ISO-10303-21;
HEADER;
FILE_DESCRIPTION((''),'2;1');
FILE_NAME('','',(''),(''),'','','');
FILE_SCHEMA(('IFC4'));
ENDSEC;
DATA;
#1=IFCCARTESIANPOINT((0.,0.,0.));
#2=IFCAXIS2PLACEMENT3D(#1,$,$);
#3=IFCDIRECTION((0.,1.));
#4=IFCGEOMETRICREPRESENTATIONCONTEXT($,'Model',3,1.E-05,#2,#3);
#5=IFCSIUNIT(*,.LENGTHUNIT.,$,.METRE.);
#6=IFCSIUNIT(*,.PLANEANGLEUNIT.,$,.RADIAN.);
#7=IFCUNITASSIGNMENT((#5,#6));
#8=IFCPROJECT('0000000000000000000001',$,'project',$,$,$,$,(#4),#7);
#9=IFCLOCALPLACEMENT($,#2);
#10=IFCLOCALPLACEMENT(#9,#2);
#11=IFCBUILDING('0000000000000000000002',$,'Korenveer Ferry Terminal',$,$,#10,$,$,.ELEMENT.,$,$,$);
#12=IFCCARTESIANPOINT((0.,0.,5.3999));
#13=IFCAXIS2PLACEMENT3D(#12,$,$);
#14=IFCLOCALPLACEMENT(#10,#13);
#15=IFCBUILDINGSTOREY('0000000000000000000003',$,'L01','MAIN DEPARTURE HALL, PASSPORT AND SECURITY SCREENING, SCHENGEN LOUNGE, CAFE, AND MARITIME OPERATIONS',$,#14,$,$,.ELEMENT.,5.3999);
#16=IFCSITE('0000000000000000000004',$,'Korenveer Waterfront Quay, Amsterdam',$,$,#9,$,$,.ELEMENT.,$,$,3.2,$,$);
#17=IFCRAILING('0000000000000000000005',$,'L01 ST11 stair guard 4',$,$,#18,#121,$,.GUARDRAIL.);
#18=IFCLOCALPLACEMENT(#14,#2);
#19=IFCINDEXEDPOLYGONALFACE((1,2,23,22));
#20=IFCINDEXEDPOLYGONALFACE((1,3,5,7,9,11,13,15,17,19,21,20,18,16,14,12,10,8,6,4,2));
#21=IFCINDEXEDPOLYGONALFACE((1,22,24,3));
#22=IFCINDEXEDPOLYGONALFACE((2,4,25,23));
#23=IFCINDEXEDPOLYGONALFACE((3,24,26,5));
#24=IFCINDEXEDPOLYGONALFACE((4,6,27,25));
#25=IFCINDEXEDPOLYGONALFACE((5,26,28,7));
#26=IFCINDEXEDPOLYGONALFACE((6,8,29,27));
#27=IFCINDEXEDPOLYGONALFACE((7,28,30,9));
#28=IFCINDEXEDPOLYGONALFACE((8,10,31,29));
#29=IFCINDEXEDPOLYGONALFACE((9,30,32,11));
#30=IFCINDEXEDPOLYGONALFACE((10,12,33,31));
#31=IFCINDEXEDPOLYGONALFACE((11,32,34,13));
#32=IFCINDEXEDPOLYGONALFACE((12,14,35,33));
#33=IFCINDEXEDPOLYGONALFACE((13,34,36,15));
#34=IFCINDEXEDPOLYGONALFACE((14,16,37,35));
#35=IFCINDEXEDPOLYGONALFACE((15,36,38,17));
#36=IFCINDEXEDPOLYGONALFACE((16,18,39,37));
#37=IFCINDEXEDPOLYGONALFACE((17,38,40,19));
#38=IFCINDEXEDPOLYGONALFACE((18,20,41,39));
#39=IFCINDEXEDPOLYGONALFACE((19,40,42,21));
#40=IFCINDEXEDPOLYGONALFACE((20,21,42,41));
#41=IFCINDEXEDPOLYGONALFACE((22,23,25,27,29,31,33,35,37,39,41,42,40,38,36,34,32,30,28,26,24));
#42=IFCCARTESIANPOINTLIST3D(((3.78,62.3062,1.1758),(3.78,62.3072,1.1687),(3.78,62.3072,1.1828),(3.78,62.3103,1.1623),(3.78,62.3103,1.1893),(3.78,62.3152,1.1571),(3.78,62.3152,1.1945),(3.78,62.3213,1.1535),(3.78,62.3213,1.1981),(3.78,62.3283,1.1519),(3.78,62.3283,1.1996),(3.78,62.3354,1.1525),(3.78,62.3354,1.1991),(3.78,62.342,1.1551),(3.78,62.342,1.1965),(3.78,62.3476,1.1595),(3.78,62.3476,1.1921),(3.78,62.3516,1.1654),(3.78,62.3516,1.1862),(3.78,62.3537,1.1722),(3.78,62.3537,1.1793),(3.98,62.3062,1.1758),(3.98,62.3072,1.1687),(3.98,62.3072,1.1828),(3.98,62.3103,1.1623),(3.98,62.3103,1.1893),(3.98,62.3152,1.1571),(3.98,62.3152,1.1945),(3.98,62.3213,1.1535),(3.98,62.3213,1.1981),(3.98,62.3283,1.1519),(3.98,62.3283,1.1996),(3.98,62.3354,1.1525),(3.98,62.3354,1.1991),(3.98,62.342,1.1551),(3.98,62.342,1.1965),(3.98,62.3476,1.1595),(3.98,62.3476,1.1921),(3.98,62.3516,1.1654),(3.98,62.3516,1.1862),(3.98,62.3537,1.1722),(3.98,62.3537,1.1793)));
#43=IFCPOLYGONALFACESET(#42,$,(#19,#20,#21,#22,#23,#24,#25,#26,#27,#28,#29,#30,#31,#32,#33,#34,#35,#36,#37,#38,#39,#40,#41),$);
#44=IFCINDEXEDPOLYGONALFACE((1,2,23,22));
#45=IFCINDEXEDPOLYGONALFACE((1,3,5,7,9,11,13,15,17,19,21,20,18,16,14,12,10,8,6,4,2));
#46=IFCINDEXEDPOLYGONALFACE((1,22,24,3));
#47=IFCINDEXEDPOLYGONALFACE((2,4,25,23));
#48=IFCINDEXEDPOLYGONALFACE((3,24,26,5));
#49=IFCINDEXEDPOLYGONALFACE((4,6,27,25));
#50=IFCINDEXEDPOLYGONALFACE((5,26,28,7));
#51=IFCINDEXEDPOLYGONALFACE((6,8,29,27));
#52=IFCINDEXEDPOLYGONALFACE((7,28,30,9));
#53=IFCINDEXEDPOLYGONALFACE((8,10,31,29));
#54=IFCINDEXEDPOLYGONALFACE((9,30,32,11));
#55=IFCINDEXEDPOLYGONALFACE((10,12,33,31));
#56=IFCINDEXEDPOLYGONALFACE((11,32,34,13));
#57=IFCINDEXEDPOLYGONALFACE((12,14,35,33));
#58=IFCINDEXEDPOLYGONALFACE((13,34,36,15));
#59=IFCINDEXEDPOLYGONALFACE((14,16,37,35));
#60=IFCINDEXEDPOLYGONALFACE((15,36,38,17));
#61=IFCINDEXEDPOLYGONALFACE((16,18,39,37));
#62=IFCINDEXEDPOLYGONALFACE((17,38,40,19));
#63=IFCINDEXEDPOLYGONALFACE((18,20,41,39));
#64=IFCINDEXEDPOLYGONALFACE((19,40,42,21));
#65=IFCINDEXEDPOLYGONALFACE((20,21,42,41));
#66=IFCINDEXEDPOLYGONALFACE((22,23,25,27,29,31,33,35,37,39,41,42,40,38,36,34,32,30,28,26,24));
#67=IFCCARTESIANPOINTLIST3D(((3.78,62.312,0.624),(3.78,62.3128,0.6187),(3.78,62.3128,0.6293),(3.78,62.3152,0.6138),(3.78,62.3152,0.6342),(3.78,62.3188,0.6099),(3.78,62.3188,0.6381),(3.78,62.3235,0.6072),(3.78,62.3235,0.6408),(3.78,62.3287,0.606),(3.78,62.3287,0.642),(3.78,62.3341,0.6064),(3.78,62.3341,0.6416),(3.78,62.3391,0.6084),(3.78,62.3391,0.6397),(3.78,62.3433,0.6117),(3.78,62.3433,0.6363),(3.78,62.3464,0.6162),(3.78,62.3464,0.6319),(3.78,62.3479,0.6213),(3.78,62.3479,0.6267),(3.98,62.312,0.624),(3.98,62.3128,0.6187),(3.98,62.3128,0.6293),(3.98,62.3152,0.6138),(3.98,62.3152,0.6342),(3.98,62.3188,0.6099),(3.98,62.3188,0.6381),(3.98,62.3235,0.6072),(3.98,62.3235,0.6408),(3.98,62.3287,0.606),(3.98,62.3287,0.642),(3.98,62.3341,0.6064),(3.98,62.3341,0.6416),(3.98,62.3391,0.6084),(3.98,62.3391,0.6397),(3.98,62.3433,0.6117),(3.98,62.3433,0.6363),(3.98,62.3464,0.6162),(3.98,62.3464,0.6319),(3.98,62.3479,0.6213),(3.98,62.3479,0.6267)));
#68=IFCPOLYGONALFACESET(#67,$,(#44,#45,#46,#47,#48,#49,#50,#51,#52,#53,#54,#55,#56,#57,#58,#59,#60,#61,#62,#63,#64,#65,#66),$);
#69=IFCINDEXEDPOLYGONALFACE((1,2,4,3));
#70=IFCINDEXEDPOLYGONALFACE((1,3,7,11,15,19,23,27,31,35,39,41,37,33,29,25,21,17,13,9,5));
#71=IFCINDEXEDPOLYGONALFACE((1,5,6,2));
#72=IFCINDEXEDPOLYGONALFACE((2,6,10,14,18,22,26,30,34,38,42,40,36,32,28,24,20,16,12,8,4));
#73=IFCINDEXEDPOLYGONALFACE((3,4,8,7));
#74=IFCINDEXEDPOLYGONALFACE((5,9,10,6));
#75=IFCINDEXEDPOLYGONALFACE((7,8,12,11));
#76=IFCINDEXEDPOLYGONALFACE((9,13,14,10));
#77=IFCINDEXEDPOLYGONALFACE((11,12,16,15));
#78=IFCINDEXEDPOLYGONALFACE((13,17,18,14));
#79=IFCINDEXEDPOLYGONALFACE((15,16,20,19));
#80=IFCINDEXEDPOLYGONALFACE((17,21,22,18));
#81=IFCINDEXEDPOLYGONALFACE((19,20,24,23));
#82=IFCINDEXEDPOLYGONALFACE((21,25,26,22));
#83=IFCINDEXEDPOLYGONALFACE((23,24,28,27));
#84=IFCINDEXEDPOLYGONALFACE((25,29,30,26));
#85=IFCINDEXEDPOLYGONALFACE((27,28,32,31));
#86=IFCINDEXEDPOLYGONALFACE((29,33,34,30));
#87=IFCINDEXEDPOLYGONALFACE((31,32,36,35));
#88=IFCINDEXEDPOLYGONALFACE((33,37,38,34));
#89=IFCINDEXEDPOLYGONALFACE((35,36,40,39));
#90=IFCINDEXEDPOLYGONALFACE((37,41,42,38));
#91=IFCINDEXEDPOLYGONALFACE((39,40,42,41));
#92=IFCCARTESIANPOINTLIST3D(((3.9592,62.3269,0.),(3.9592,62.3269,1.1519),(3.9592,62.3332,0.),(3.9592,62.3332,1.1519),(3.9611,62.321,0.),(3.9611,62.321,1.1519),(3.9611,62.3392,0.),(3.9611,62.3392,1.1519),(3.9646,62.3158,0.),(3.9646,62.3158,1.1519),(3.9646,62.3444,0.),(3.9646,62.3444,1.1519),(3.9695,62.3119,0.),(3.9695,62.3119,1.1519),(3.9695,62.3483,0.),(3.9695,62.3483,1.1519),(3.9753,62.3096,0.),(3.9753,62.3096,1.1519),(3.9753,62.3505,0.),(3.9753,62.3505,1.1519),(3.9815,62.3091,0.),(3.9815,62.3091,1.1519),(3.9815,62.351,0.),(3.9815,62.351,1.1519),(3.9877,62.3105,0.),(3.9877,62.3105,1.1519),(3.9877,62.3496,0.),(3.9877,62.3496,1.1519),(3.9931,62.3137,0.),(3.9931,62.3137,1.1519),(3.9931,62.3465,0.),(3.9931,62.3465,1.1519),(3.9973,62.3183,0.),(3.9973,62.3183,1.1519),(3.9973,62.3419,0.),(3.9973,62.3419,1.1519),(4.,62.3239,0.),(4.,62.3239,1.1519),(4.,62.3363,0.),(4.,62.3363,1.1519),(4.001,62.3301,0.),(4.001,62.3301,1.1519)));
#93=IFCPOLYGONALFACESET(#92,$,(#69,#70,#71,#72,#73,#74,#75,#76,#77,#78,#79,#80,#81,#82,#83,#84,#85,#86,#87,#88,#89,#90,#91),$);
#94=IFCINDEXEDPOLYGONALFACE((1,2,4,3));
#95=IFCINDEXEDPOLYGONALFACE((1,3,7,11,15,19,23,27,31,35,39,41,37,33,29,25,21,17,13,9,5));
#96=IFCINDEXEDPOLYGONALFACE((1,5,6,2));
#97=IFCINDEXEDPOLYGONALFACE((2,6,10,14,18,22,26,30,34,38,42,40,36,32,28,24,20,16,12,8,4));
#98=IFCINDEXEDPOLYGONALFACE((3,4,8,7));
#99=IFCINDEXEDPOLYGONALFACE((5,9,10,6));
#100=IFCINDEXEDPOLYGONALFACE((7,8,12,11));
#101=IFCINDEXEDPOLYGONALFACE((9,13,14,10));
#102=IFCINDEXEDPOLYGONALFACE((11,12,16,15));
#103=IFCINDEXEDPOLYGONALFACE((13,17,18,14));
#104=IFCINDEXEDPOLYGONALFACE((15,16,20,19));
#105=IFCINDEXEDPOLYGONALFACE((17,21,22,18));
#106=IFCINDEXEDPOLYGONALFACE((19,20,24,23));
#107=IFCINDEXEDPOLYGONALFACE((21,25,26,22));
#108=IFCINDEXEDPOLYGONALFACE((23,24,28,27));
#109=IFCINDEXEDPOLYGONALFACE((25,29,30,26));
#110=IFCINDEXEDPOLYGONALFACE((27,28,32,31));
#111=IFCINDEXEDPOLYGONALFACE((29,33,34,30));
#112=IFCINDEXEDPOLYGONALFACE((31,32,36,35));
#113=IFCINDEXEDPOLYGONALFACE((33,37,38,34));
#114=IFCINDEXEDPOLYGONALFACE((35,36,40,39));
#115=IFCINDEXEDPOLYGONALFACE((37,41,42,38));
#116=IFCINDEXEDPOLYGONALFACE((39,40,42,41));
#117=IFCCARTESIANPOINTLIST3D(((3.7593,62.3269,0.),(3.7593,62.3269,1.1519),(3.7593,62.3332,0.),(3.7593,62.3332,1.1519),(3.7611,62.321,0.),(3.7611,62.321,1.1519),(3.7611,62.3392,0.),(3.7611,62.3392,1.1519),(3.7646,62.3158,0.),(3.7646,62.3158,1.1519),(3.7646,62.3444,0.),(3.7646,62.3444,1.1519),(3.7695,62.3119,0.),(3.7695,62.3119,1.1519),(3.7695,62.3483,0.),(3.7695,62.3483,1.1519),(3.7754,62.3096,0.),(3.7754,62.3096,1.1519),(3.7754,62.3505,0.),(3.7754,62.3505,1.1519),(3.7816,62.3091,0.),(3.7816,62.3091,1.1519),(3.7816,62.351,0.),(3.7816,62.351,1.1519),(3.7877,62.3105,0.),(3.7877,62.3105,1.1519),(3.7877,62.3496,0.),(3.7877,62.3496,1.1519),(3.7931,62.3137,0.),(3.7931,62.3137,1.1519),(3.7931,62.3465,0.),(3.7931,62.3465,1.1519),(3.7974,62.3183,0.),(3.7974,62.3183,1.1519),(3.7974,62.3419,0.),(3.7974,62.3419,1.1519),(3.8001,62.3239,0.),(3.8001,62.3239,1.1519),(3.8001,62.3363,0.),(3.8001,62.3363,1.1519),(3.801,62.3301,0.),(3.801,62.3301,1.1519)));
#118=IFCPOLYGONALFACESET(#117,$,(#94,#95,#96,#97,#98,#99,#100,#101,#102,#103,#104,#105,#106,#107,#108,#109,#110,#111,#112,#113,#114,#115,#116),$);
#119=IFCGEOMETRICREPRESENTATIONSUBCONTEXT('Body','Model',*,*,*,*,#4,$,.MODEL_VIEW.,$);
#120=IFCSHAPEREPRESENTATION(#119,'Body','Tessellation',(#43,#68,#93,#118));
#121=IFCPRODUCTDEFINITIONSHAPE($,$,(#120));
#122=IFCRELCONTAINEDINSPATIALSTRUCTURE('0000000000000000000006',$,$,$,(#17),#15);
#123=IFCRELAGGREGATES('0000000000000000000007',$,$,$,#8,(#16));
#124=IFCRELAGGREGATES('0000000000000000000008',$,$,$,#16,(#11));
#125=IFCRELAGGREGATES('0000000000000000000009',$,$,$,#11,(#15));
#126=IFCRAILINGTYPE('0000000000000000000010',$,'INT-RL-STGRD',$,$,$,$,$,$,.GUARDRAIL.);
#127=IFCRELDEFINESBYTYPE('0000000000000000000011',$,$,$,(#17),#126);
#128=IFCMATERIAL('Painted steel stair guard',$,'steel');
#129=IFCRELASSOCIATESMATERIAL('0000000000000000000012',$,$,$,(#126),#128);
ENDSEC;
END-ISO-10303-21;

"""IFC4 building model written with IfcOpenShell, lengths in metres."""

from ifc_helpers import new_model, si_unit, direction, frame, origin, origin_2d, place, context, subcontext, project, spatial, circle, extrude, material, type_object, element, save


model = new_model("IFC4")

# Units and contexts
model_context = context("Model", 3, precision=1e-05, world=origin(), true_north=direction((0.0, 1.0)))
body_context = subcontext(model_context, "Body", "Model", "MODEL_VIEW")
ifc_project = project(units=[si_unit("LENGTHUNIT", "METRE"), si_unit("PLANEANGLEUNIT", "RADIAN")], contexts=[model_context])

# Site, building, storey
site_placement = place(None, origin())
site = spatial("IfcSite", under=ifc_project, at=site_placement, Name="Korenveer Waterfront Quay, Amsterdam", CompositionType="ELEMENT", RefElevation=3.2)
building_placement = place(site_placement, origin())
building = spatial("IfcBuilding", under=site, at=building_placement, Name="Korenveer Ferry Terminal", CompositionType="ELEMENT")
storey_placement = place(building_placement, frame((0.0, 0.0, 5.3999)))
storey = spatial("IfcBuildingStorey", under=building, at=storey_placement, Name="L01", Description="MAIN DEPARTURE HALL, PASSPORT AND SECURITY SCREENING, SCHENGEN LOUNGE, CAFE, AND MARITIME OPERATIONS", CompositionType="ELEMENT", Elevation=5.3999)

# Railing
ifc_material_1 = material(Name="Painted steel stair guard", Category="steel")
railing_type_1 = type_object("IfcRailingType", Name="INT-RL-STGRD", PredefinedType="GUARDRAIL", material=ifc_material_1)
railing_1_placement = place(storey_placement, frame((3.98, 62.3301, 0.0)))
element("IfcRailing", 1, at=railing_1_placement, inside=storey, type_object=railing_type_1, Name="L01 ST11 stair guard 4", PredefinedType="GUARDRAIL", context=body_context, shape_type="SweptSolid", body=[
    extrude(circle(Radius=0.0239, at=origin_2d()), frame((0.0, 0.0, 1.1758), z_axis=(-1.0, 0.0, 0.0), x_axis=(0.0, -1.0, 0.0)), (0.0, 0.0, 1.0), 0.2),
    extrude(circle(Radius=0.0181, at=origin_2d()), frame((0.0, 0.0, 0.624), z_axis=(-1.0, 0.0, 0.0), x_axis=(0.0, -1.0, 0.0)), (0.0, 0.0, 1.0), 0.2),
    extrude(circle(Radius=0.021, at=origin_2d()), origin(), (0.0, 0.0, 1.0), 1.1519),
    extrude(circle(Radius=0.021, at=origin_2d()), frame((-0.2, 0.0, 0.0)), (0.0, 0.0, 1.0), 1.1519),
])

save(model, "model.ifc")
